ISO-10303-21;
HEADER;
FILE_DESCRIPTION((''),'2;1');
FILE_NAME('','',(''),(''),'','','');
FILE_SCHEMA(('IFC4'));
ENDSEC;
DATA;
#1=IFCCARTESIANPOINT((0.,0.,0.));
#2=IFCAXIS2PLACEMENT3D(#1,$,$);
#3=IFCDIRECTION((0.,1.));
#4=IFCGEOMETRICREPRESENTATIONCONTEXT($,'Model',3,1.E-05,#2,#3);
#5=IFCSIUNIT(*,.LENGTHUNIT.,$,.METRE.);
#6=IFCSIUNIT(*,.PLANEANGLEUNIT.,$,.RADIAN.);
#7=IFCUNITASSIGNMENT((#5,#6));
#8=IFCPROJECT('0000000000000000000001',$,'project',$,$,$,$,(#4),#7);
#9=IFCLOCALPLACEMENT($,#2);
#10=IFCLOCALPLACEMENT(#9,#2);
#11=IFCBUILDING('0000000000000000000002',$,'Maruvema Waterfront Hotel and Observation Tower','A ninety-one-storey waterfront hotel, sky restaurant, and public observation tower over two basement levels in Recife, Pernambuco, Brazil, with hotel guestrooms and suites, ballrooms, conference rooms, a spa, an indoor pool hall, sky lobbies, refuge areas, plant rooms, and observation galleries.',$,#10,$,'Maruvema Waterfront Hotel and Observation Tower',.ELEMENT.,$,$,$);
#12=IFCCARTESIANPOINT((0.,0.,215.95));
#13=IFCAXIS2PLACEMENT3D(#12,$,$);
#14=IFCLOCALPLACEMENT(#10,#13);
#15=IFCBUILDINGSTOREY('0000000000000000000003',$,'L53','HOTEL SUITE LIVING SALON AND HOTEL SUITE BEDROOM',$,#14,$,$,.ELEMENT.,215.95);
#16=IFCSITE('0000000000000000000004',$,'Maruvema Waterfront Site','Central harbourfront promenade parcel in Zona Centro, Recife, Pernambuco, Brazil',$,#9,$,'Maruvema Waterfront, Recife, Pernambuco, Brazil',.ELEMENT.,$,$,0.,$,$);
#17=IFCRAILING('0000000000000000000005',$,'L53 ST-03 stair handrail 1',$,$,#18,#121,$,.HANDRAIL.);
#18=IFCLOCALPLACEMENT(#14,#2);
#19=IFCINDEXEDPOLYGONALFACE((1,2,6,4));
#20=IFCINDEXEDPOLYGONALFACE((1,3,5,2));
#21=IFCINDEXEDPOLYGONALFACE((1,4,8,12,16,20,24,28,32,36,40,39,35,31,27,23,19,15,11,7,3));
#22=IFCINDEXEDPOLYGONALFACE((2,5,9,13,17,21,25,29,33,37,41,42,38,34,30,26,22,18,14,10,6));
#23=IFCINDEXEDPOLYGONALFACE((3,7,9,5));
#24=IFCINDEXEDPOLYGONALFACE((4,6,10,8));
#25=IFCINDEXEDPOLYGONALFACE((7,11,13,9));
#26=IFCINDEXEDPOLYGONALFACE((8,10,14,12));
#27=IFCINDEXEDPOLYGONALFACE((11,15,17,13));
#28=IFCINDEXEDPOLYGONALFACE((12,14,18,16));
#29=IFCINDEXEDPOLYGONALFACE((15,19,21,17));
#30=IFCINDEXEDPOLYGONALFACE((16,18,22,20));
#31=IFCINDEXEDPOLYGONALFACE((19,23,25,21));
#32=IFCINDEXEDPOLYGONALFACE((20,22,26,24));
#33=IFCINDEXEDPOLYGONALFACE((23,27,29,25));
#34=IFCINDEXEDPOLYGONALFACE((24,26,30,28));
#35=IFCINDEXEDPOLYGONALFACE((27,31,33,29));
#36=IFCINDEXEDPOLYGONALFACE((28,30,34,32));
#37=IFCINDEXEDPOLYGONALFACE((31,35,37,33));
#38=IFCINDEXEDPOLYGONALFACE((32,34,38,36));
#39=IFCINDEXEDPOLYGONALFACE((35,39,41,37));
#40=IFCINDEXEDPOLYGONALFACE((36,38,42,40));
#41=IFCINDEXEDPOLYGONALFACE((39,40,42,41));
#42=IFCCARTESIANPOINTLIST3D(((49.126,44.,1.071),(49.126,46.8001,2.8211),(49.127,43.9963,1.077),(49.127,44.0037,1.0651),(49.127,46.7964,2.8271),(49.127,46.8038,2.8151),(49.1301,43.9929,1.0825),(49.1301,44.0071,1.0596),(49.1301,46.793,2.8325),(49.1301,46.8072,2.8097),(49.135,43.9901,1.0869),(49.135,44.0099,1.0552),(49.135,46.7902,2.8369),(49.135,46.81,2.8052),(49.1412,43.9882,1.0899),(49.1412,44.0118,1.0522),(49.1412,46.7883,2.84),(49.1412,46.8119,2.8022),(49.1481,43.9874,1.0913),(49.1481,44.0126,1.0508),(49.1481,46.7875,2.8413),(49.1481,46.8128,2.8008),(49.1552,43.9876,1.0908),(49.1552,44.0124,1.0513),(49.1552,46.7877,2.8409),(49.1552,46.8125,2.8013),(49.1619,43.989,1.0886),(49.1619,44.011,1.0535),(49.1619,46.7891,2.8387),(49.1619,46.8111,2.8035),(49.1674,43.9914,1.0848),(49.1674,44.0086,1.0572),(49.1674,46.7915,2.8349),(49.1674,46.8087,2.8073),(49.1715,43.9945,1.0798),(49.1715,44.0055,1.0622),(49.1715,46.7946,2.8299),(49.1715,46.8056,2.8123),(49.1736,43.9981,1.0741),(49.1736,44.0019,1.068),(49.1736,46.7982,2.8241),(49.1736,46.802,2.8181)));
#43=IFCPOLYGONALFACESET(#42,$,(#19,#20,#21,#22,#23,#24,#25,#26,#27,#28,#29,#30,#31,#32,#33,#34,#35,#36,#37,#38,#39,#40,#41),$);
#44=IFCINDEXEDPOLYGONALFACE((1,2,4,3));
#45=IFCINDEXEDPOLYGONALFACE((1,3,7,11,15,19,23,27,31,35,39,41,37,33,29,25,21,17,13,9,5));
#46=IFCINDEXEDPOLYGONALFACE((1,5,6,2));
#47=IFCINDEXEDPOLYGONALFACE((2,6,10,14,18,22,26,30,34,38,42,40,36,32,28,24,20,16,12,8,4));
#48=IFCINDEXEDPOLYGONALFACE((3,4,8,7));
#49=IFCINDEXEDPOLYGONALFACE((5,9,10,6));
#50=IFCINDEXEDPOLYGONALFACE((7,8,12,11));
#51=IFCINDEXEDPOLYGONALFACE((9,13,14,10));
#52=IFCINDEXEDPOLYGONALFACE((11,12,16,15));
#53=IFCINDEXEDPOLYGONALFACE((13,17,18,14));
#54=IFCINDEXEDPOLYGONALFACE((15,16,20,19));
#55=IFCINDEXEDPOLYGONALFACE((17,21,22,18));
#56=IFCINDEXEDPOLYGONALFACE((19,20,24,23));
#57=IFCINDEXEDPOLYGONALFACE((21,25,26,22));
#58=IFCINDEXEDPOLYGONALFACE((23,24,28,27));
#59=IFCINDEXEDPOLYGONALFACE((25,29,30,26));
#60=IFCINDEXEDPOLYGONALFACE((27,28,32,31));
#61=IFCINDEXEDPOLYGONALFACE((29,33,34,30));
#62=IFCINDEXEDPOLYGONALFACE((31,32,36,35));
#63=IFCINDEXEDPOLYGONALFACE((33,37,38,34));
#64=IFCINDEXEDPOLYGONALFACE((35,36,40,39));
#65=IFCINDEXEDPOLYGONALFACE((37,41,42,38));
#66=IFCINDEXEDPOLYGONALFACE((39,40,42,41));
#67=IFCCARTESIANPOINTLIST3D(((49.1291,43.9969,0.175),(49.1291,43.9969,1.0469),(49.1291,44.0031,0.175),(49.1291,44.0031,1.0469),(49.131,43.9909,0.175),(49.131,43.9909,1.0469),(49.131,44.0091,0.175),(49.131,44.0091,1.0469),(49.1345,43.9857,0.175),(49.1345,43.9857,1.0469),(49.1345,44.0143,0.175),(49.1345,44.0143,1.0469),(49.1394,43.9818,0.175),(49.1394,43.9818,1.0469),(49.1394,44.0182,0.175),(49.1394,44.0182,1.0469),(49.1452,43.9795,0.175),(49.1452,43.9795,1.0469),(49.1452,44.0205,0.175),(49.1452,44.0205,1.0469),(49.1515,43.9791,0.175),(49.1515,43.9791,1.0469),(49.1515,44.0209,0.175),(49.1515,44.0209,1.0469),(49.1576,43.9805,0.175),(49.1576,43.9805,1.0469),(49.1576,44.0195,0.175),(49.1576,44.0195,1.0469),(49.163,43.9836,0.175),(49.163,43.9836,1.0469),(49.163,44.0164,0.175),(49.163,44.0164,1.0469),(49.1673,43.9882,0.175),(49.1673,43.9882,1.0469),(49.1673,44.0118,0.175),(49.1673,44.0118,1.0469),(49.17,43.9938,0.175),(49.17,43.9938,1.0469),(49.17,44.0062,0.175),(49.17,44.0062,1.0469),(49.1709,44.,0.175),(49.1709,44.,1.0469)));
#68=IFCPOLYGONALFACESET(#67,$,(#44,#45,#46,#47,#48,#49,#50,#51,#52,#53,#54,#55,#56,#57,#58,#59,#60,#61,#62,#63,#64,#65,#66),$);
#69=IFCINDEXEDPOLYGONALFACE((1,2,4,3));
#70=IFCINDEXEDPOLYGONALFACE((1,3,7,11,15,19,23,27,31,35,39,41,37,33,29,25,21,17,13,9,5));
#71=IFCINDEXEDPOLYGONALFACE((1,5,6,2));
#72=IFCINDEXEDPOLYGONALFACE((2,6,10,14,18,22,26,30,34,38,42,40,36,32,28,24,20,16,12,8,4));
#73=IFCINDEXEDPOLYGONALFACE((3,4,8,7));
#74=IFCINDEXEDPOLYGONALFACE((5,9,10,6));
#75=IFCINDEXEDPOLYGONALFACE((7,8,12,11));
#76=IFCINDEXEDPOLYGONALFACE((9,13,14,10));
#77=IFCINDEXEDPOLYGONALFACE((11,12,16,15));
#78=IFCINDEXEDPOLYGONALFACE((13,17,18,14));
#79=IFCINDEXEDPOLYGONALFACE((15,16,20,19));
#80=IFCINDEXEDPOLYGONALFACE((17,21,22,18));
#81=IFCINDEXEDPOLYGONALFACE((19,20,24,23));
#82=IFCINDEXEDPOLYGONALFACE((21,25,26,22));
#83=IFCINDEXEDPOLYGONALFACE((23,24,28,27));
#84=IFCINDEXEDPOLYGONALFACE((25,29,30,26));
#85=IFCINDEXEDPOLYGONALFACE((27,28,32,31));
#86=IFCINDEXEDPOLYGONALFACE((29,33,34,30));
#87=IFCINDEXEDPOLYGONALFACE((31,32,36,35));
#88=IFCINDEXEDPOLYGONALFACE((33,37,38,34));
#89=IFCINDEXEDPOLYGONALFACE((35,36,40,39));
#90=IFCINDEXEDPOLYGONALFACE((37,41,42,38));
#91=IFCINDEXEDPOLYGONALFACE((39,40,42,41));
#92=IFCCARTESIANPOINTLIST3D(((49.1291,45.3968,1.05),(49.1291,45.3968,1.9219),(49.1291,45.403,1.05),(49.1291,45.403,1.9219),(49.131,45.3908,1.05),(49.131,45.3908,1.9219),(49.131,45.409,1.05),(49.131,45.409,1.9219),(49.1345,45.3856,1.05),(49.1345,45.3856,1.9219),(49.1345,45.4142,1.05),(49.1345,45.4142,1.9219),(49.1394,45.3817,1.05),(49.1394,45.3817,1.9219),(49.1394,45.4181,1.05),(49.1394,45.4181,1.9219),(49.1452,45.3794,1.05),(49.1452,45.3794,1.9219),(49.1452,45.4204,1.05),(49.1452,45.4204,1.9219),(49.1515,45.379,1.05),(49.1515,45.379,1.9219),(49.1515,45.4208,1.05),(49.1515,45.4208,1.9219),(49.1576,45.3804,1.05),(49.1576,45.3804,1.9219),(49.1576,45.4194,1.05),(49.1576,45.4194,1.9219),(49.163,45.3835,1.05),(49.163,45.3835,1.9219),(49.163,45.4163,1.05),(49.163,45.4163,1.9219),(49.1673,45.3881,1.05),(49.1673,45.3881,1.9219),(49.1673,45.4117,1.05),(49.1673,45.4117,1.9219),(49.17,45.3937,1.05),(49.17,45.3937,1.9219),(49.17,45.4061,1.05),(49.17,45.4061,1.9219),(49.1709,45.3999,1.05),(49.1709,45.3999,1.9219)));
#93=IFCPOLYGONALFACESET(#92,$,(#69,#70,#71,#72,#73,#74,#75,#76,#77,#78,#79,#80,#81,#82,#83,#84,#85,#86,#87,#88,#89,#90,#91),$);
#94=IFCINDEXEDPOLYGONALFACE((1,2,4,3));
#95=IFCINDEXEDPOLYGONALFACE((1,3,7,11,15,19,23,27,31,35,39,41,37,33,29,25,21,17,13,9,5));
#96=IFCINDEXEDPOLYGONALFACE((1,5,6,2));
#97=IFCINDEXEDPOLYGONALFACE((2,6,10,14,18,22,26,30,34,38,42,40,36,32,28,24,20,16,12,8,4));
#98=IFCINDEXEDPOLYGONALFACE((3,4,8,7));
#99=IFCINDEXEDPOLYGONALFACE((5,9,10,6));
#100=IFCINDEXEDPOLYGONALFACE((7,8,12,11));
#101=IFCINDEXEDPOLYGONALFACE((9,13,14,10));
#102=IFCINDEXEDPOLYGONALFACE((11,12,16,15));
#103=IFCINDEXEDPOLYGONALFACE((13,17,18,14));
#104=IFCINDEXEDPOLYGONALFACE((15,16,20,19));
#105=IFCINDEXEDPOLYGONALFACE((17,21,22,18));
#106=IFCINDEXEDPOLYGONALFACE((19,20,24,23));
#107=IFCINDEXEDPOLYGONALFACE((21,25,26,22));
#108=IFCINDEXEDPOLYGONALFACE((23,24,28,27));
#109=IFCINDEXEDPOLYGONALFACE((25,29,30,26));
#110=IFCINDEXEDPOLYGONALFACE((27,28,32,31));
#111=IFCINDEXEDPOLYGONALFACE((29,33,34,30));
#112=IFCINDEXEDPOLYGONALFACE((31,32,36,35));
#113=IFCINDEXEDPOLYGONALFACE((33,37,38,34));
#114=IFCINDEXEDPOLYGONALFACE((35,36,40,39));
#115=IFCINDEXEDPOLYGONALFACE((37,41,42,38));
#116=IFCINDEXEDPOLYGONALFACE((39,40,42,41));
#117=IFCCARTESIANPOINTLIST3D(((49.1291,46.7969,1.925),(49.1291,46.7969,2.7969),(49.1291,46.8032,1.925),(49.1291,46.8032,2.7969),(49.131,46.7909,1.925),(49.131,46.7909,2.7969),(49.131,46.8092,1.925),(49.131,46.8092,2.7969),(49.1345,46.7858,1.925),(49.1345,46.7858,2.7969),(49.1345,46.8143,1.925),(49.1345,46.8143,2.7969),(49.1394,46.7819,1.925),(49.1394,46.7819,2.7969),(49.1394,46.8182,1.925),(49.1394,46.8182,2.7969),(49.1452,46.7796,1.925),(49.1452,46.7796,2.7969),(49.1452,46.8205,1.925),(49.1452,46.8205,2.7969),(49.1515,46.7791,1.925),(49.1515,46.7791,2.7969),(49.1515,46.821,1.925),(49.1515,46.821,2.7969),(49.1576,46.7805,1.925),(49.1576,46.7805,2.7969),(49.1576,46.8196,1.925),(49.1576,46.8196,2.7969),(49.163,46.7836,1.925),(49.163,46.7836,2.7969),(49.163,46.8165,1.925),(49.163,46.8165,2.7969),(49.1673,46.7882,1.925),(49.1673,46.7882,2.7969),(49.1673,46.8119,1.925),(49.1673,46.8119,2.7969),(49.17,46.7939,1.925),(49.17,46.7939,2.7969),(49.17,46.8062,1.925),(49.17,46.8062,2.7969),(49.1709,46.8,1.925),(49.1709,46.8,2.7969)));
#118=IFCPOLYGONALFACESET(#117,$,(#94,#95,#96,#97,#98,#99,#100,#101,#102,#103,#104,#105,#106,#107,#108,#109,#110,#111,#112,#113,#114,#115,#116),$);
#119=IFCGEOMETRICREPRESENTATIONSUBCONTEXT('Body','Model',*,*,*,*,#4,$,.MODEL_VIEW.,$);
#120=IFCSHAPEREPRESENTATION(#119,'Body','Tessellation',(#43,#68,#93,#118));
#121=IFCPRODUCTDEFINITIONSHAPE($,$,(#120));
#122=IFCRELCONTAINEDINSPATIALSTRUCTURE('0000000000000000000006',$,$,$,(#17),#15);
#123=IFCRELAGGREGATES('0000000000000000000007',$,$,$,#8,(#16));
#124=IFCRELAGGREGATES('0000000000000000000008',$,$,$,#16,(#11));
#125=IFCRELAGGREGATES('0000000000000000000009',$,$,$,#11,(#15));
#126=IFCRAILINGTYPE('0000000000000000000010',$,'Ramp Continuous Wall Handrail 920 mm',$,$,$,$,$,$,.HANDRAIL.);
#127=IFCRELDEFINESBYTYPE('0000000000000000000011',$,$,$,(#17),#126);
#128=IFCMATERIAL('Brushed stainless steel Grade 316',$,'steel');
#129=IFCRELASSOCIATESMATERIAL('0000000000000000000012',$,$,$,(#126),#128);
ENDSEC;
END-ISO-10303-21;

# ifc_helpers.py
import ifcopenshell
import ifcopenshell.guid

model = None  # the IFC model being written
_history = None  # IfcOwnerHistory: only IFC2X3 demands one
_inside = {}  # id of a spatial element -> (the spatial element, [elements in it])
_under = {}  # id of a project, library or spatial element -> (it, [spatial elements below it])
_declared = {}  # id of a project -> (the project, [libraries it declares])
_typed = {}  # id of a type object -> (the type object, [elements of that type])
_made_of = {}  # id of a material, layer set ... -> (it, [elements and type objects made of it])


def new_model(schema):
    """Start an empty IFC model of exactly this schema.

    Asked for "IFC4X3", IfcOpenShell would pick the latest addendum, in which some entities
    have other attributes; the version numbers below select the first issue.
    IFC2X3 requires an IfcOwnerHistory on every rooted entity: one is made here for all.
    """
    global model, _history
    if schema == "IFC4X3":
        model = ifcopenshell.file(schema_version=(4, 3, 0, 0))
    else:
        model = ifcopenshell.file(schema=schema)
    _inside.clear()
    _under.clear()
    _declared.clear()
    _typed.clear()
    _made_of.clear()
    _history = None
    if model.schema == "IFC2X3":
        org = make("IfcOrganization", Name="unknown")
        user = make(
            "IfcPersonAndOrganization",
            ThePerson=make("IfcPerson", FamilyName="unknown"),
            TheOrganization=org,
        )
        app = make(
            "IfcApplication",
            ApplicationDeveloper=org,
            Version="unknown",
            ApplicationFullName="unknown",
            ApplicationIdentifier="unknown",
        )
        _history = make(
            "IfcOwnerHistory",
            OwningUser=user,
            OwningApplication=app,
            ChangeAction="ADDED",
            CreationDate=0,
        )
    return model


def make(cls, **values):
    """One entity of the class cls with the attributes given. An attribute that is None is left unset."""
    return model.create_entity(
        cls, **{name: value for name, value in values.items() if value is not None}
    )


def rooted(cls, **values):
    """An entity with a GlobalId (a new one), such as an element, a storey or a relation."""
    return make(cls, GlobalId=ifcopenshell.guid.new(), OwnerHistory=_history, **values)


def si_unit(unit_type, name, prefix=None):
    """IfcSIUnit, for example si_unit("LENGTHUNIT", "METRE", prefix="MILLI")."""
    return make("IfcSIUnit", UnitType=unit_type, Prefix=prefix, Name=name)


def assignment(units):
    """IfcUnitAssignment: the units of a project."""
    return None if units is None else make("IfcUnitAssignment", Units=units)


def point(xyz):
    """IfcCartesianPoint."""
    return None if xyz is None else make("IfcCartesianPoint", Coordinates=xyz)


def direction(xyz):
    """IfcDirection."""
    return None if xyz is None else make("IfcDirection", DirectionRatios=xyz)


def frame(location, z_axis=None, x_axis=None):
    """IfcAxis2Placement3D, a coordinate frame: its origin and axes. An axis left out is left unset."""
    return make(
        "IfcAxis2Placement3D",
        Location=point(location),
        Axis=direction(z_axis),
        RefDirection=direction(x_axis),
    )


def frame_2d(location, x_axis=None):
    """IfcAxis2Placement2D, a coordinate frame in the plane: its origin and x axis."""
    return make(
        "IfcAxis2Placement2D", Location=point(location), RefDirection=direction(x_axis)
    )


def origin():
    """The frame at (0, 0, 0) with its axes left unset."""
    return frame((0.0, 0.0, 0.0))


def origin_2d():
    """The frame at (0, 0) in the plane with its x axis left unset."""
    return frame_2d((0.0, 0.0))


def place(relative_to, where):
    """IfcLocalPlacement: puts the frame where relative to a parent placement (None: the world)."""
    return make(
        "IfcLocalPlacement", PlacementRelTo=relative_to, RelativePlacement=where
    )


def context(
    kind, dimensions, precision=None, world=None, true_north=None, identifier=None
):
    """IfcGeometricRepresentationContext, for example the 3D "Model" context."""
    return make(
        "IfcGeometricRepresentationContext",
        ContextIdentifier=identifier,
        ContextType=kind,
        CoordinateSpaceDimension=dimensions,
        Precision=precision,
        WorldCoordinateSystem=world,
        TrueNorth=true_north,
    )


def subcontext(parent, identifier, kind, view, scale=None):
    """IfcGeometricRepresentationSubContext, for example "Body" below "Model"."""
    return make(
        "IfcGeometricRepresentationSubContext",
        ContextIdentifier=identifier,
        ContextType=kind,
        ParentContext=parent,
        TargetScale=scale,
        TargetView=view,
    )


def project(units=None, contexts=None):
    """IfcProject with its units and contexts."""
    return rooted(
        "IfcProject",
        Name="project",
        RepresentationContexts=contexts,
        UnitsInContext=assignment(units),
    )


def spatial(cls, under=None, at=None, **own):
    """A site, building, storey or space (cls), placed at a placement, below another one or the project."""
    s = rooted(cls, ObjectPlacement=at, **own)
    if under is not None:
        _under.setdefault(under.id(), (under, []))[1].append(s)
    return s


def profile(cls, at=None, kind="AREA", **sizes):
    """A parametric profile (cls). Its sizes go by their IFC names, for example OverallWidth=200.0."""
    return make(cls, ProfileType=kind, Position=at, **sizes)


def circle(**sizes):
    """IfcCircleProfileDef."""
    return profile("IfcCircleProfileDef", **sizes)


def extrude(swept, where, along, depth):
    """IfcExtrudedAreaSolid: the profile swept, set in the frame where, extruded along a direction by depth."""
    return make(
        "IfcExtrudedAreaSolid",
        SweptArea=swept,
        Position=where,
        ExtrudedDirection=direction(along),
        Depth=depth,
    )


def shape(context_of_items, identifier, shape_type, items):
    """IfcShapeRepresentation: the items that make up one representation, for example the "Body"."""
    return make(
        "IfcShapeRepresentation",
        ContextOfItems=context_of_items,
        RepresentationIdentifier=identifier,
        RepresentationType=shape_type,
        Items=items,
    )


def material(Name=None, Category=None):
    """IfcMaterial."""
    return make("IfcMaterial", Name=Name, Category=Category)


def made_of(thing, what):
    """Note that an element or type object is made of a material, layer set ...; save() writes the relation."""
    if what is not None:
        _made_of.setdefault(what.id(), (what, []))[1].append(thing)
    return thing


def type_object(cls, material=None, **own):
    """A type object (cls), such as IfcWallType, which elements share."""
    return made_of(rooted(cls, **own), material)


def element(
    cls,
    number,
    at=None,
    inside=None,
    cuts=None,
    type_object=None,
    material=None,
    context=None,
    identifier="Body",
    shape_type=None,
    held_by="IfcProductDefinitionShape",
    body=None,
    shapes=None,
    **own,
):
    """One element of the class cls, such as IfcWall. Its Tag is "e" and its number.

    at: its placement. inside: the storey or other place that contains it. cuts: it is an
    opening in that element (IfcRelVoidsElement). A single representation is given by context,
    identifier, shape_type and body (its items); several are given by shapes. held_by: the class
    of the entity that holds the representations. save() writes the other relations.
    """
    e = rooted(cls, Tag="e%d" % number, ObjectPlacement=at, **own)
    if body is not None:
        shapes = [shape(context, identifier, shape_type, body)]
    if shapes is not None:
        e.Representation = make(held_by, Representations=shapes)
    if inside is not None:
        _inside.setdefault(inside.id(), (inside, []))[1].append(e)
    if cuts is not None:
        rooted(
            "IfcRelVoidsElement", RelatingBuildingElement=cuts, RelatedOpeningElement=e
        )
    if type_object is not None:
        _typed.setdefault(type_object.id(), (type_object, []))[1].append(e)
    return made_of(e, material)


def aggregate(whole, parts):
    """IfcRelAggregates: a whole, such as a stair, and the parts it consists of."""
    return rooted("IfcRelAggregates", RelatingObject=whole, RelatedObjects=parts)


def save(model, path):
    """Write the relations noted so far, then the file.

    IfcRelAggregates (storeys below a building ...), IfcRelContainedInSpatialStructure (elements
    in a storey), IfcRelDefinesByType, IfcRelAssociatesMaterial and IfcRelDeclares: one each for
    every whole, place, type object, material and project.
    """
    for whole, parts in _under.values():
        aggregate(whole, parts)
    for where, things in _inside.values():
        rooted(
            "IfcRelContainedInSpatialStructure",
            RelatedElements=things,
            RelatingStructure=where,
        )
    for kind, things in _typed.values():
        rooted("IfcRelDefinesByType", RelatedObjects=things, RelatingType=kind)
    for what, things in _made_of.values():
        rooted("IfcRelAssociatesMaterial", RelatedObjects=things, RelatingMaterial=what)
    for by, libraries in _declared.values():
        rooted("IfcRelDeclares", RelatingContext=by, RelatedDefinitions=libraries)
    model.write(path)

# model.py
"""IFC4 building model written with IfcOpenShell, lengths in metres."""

from ifc_helpers import new_model, si_unit, direction, frame, origin, origin_2d, place, context, subcontext, project, spatial, circle, extrude, material, type_object, element, save


model = new_model("IFC4")

# Units and contexts
model_context = context("Model", 3, precision=1e-05, world=origin(), true_north=direction((0.0, 1.0)))
body_context = subcontext(model_context, "Body", "Model", "MODEL_VIEW")
ifc_project = project(units=[si_unit("LENGTHUNIT", "METRE"), si_unit("PLANEANGLEUNIT", "RADIAN")], contexts=[model_context])

# Site, building, storey
site_placement = place(None, origin())
site = spatial("IfcSite", under=ifc_project, at=site_placement, Name="Maruvema Waterfront Site", Description="Central harbourfront promenade parcel in Zona Centro, Recife, Pernambuco, Brazil", LongName="Maruvema Waterfront, Recife, Pernambuco, Brazil", CompositionType="ELEMENT", RefElevation=0.0)
building_placement = place(site_placement, origin())
building = spatial("IfcBuilding", under=site, at=building_placement, Name="Maruvema Waterfront Hotel and Observation Tower", Description="A ninety-one-storey waterfront hotel, sky restaurant, and public observation tower over two basement levels in Recife, Pernambuco, Brazil, with hotel guestrooms and suites, ballrooms, conference rooms, a spa, an indoor pool hall, sky lobbies, refuge areas, plant rooms, and observation galleries.", LongName="Maruvema Waterfront Hotel and Observation Tower", CompositionType="ELEMENT")
storey_placement = place(building_placement, frame((0.0, 0.0, 215.95)))
storey = spatial("IfcBuildingStorey", under=building, at=storey_placement, Name="L53", Description="HOTEL SUITE LIVING SALON AND HOTEL SUITE BEDROOM", CompositionType="ELEMENT", Elevation=215.95)

# Railing
ifc_material_1 = material(Name="Brushed stainless steel Grade 316", Category="steel")
railing_type = type_object("IfcRailingType", Name="Ramp Continuous Wall Handrail 920 mm", PredefinedType="HANDRAIL", material=ifc_material_1)
railing_placement = place(storey_placement, frame((49.1499, 44.0, 0.175)))
element("IfcRailing", 1, at=railing_placement, inside=storey, type_object=railing_type, Name="L53 ST-03 stair handrail 1", PredefinedType="HANDRAIL", context=body_context, shape_type="SweptSolid", body=[
    extrude(circle(Radius=0.0239, at=origin_2d()), frame((0.0, 0.0, 0.896), z_axis=(0.0, 0.848002, 0.529992), x_axis=(-1.0, 0.0, 0.0)), (0.0, 0.0, 1.0), 3.302),
    extrude(circle(Radius=0.021, at=origin_2d()), origin(), (0.0, 0.0, 1.0), 0.8718),
    extrude(circle(Radius=0.021, at=origin_2d()), frame((0.0, 1.3999, 0.875)), (0.0, 0.0, 1.0), 0.8718),
    extrude(circle(Radius=0.021, at=origin_2d()), frame((0.0, 2.8, 1.75)), (0.0, 0.0, 1.0), 0.8718),
])

save(model, "model.ifc")
